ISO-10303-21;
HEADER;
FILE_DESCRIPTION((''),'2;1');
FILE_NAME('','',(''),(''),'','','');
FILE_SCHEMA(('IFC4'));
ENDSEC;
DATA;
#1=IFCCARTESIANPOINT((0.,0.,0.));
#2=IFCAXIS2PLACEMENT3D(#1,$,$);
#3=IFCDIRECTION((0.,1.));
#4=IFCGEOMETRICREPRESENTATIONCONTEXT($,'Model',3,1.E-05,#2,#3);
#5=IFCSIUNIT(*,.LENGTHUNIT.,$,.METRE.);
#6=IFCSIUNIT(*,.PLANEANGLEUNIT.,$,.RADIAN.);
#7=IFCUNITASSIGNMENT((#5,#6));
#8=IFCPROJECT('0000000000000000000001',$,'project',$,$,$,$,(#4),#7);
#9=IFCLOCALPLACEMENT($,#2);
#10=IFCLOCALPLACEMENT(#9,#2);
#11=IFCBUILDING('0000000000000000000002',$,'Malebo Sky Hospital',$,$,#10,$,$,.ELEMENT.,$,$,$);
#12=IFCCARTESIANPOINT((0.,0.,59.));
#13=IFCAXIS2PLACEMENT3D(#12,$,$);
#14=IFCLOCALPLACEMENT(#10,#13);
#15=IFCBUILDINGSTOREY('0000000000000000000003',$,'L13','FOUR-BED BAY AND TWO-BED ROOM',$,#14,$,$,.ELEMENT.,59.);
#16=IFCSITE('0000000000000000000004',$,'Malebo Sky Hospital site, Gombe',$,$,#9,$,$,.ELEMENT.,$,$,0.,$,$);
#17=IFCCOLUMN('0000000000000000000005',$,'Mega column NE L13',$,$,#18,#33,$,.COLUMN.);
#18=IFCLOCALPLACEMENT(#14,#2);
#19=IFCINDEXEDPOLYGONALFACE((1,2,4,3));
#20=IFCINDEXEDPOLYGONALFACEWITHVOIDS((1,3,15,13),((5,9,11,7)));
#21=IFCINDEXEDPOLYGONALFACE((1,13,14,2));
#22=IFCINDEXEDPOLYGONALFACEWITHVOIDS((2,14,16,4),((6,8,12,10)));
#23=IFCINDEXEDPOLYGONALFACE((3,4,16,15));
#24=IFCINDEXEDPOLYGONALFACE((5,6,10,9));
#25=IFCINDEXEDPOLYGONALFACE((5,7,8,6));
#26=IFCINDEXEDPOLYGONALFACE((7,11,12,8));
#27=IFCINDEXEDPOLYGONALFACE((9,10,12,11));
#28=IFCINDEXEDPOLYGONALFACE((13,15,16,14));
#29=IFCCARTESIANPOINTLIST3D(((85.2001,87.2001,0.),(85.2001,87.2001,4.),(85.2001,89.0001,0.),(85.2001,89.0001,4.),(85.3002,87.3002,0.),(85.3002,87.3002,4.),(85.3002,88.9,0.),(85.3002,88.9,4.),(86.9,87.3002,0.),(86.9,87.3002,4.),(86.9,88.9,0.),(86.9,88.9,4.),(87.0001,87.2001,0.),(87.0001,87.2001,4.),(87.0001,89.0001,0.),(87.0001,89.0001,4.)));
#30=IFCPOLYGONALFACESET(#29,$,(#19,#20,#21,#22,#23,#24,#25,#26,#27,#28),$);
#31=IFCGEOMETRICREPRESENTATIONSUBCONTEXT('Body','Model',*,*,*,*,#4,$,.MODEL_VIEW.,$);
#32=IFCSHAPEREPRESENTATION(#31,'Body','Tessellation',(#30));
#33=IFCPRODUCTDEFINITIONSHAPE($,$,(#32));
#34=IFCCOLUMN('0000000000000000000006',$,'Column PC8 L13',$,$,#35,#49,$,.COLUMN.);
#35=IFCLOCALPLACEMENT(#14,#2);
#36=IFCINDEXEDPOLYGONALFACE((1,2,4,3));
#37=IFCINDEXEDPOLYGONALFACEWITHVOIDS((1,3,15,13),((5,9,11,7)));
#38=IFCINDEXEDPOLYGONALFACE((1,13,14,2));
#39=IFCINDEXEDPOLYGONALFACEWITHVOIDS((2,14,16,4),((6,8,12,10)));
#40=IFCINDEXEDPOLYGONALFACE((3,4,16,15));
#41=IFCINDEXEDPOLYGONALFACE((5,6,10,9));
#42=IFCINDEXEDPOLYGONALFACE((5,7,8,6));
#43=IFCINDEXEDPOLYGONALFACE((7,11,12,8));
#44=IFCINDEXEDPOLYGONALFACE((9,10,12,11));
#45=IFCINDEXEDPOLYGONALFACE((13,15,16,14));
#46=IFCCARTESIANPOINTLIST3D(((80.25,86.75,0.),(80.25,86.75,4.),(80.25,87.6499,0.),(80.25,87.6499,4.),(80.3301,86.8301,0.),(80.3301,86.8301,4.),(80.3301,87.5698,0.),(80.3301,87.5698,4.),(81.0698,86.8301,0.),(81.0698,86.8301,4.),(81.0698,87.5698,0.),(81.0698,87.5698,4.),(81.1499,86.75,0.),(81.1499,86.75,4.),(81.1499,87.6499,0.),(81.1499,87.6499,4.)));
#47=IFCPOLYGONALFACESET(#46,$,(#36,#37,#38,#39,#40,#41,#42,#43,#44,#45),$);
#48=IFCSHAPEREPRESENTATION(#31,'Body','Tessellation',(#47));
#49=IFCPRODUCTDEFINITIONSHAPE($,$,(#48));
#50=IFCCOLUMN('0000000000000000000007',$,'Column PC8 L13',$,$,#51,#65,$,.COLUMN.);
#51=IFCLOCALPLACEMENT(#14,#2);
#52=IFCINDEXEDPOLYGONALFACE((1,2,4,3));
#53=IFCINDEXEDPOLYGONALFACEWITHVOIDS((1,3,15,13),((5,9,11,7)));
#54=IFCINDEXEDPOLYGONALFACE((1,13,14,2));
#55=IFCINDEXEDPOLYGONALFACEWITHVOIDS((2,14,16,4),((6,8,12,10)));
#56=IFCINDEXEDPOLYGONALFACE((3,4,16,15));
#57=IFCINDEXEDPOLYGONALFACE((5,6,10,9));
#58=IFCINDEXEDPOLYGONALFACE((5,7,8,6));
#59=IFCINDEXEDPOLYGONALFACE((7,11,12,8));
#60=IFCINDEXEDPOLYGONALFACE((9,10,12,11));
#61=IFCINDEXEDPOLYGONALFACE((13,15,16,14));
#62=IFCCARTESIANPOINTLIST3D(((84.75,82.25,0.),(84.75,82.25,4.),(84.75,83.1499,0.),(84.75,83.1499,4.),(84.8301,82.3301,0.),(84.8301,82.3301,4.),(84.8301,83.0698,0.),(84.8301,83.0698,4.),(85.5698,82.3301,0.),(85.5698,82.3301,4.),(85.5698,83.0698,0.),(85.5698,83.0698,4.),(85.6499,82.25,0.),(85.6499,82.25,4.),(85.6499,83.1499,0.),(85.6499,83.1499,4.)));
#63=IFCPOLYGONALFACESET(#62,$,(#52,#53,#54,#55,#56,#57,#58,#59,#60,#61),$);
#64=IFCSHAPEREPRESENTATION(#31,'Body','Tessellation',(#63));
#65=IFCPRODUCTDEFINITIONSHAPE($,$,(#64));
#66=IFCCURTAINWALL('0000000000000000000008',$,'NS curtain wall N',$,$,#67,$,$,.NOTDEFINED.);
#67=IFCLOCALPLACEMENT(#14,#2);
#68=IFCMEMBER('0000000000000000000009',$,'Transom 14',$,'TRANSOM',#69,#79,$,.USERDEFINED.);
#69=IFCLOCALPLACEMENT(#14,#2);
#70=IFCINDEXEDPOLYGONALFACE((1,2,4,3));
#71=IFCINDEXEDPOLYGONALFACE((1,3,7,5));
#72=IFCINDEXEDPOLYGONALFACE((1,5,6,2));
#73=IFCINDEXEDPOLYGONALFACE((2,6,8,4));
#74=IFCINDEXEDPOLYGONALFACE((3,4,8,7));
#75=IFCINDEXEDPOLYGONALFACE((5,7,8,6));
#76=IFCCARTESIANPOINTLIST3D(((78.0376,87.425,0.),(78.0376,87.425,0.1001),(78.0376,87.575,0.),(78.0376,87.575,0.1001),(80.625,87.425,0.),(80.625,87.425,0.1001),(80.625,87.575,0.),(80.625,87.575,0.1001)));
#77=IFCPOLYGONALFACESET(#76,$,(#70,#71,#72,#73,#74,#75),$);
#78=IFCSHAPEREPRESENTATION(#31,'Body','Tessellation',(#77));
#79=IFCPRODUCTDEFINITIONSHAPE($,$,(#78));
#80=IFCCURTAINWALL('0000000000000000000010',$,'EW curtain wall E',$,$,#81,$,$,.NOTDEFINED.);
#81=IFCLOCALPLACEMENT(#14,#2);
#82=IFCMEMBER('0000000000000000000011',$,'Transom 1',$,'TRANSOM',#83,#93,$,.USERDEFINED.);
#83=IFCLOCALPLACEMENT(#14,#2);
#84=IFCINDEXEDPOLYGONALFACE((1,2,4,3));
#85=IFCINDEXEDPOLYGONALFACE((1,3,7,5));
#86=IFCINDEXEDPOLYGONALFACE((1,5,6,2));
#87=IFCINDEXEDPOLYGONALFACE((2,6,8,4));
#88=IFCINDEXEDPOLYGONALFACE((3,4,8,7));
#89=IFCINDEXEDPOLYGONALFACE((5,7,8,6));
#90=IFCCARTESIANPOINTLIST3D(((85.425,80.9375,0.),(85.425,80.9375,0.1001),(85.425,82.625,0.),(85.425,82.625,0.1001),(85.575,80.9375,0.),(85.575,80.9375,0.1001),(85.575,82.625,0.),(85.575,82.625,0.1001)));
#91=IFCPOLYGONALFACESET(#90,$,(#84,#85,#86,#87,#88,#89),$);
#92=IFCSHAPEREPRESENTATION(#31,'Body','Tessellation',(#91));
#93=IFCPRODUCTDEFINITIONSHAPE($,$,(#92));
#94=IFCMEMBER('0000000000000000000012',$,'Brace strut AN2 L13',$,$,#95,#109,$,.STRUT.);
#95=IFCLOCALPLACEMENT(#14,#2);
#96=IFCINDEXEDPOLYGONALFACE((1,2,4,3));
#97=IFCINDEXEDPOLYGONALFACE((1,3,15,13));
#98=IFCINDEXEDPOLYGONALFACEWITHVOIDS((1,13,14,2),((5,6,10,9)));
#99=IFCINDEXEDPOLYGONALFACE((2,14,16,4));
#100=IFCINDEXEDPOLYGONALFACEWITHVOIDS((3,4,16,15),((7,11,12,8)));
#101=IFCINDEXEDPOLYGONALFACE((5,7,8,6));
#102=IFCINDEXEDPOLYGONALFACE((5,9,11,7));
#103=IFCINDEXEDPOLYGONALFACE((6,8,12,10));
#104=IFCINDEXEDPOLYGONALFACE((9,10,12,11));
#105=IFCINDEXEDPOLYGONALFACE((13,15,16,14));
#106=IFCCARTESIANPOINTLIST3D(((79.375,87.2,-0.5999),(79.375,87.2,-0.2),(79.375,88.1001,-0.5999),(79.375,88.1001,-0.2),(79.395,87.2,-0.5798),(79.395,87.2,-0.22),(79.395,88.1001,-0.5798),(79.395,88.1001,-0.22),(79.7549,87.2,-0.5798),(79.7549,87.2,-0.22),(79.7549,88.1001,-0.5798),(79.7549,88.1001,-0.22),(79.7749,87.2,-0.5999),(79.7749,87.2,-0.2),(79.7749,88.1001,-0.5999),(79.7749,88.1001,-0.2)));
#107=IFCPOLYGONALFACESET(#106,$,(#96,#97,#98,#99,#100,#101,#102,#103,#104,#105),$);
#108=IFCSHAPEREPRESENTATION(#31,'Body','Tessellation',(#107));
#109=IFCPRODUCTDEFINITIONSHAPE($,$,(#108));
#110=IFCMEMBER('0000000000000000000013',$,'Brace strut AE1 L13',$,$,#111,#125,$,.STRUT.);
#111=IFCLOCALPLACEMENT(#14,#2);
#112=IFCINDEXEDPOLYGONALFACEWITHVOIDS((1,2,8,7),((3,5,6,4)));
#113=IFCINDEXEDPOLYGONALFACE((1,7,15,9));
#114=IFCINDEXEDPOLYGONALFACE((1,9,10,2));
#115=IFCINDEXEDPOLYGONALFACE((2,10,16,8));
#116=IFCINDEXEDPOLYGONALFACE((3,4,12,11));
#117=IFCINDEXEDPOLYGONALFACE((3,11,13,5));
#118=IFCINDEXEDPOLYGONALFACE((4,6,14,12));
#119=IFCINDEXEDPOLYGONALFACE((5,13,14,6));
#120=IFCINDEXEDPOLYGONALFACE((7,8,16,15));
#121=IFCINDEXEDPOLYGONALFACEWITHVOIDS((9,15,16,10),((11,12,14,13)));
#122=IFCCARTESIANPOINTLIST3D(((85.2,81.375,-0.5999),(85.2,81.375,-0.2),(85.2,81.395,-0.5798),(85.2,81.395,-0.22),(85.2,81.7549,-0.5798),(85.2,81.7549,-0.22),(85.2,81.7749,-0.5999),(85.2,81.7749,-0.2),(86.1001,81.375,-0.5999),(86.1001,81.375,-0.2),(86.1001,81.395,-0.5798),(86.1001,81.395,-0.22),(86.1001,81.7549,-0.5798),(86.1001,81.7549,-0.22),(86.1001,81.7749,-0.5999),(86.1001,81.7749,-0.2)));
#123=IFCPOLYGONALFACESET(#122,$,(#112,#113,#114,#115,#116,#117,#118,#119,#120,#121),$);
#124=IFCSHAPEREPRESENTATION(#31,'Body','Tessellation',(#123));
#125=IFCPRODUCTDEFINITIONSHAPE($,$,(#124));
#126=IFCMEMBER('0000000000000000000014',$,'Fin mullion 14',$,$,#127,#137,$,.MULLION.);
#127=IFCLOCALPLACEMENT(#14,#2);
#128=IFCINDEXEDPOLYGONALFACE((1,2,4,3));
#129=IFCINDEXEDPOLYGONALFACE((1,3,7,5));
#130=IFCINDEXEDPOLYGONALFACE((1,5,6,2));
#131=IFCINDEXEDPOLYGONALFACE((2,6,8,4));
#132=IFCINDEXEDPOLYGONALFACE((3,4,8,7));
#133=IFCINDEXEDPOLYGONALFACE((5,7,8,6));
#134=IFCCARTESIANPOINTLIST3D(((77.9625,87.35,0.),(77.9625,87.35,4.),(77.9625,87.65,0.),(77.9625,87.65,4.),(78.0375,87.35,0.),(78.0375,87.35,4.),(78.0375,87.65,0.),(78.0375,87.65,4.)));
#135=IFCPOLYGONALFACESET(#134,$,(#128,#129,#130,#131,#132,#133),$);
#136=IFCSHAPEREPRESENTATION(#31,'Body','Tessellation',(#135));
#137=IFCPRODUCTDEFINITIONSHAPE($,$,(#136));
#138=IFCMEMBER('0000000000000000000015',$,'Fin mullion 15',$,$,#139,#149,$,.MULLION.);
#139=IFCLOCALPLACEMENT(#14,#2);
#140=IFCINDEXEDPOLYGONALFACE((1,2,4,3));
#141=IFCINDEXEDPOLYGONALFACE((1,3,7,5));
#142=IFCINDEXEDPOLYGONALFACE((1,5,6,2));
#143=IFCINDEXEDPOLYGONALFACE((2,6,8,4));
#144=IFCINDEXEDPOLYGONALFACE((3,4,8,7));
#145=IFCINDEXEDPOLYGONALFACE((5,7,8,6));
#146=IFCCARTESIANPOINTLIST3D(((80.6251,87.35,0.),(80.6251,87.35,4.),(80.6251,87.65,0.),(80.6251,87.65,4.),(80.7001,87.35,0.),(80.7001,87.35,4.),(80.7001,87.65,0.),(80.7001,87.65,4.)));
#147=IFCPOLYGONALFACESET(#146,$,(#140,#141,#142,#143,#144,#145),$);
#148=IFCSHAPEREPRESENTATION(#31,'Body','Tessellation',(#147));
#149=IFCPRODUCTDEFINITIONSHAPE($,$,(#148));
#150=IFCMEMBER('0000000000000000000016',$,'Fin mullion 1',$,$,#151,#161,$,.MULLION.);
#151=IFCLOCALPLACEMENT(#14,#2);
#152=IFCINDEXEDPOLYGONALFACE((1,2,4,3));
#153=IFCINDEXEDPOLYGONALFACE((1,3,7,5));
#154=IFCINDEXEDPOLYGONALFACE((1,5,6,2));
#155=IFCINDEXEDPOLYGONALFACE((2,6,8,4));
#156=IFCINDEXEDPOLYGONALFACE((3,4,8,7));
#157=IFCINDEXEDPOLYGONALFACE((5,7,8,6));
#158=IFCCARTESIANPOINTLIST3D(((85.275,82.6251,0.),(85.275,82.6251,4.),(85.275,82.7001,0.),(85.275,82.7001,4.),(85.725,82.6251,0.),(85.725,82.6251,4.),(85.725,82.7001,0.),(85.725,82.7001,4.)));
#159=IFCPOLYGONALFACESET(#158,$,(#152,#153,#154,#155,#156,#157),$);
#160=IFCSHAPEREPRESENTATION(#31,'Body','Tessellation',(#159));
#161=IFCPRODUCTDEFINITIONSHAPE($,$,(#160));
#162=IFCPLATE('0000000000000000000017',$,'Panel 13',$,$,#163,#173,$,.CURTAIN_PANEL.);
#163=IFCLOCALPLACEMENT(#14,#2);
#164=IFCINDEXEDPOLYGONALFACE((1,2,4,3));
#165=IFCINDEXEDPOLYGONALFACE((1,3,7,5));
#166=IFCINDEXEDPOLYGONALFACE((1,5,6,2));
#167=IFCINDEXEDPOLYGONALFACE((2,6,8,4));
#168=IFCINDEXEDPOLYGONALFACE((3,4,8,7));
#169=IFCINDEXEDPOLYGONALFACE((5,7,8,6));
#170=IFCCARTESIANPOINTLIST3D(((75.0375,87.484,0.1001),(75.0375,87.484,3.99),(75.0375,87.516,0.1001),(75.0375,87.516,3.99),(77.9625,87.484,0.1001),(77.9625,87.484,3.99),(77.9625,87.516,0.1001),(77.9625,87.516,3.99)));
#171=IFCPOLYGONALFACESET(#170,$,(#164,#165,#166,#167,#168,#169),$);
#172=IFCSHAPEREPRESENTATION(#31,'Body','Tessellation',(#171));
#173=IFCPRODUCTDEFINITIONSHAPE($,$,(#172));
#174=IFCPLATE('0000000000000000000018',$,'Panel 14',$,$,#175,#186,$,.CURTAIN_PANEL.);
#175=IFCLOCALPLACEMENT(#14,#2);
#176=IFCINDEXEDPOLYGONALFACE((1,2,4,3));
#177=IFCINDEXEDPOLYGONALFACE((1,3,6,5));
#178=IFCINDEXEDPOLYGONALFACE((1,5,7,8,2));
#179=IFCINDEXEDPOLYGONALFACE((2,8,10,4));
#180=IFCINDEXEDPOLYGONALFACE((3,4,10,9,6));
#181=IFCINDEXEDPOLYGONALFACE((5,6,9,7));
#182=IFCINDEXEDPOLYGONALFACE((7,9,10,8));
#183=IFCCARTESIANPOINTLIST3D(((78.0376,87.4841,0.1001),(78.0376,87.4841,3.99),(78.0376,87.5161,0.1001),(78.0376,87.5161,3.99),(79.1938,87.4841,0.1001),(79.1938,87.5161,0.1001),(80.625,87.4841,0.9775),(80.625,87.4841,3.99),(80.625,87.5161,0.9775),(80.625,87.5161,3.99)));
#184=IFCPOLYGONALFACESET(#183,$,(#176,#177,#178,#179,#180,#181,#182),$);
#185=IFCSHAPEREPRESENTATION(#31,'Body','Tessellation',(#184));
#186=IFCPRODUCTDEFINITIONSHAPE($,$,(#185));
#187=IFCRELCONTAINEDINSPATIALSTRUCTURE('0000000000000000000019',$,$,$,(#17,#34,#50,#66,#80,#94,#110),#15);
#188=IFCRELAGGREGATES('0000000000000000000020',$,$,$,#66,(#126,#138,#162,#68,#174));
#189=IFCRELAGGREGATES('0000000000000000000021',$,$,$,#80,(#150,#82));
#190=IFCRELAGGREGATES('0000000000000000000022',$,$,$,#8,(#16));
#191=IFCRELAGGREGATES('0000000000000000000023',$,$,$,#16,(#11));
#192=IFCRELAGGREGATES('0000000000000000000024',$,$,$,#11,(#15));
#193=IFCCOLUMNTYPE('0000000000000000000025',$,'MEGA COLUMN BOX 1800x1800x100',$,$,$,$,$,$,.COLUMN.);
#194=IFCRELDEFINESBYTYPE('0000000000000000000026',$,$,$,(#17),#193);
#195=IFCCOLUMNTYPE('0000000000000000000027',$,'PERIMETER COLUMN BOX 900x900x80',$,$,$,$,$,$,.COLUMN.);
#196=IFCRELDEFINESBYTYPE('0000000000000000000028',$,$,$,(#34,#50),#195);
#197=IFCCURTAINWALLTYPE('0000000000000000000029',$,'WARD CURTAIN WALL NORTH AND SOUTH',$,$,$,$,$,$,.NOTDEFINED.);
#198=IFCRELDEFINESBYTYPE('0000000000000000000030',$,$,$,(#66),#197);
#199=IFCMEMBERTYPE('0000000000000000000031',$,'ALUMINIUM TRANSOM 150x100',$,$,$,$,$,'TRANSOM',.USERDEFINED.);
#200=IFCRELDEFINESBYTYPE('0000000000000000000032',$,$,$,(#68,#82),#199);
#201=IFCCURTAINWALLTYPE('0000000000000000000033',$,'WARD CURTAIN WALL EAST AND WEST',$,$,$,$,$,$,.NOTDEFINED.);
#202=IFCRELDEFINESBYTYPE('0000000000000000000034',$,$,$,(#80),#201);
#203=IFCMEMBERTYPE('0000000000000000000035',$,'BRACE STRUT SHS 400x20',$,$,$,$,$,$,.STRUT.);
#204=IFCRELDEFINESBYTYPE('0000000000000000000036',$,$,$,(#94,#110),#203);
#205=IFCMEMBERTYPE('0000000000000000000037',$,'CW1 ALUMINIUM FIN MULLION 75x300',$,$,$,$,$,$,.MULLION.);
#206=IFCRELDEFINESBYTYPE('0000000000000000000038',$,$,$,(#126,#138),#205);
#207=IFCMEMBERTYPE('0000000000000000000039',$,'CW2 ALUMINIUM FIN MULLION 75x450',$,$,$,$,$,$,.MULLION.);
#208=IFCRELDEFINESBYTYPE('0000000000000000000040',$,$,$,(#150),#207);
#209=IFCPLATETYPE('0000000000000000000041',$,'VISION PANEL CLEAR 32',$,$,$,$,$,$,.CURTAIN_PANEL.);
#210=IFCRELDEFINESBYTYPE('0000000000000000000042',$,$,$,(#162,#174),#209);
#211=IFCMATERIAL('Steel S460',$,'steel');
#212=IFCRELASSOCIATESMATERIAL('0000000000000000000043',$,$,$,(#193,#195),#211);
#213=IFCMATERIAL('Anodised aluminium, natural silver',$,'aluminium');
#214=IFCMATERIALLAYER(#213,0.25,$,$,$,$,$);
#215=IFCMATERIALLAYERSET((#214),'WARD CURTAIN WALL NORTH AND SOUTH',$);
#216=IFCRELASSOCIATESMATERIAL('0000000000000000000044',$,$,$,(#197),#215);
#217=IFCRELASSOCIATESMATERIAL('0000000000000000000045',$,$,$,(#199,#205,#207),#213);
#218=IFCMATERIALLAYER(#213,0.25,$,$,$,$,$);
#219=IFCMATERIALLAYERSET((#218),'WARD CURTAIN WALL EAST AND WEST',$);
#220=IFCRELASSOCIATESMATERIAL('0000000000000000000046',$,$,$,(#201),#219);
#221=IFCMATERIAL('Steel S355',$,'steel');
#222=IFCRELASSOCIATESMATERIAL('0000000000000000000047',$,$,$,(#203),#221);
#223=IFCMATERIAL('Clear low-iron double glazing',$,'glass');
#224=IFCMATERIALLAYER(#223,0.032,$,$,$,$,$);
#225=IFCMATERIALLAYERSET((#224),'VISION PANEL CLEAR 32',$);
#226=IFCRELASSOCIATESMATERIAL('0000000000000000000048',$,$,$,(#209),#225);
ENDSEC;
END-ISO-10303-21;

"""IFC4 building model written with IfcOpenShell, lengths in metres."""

from ifc_helpers import new_model, si_unit, direction, frame, origin, origin_2d, place, context, subcontext, project, spatial, polyline, rectangle, hollow_rectangle, outline, extrude, material, layer, layer_set, material_profile, profile_set, type_object, element, aggregate, save


model = new_model("IFC4")

# Units and contexts
model_context = context("Model", 3, precision=1e-05, world=origin(), true_north=direction((0.0, 1.0)))
body_context = subcontext(model_context, "Body", "Model", "MODEL_VIEW")
ifc_project = project(units=[si_unit("LENGTHUNIT", "METRE"), si_unit("PLANEANGLEUNIT", "RADIAN")], contexts=[model_context])

# Site, building, storey
site_placement = place(None, origin())
site = spatial("IfcSite", under=ifc_project, at=site_placement, Name="Malebo Sky Hospital site, Gombe", CompositionType="ELEMENT", RefElevation=0.0)
building_placement = place(site_placement, origin())
building = spatial("IfcBuilding", under=site, at=building_placement, Name="Malebo Sky Hospital", CompositionType="ELEMENT")
storey_placement = place(building_placement, frame((0.0, 0.0, 59.0)))
storey = spatial("IfcBuildingStorey", under=building, at=storey_placement, Name="L13", Description="FOUR-BED BAY AND TWO-BED ROOM", CompositionType="ELEMENT", Elevation=59.0)

# Columns
ifc_material_1 = material(Name="Steel S460", Category="steel")
ifc_material_profile_1 = material_profile(ifc_material_1, hollow_rectangle(XDim=1.8, YDim=1.8, WallThickness=0.1001, at=origin_2d()), Name="BOX 1800x1800x100")
ifc_profile_set_1 = profile_set([ifc_material_profile_1], Name="Steel S460")
column_type_1 = type_object("IfcColumnType", Name="MEGA COLUMN BOX 1800x1800x100", PredefinedType="COLUMN", material=ifc_profile_set_1)
column_placement = place(storey_placement, frame((86.1001, 88.1001, 0.0), z_axis=(0.0, 0.0, 1.0), x_axis=(1.0, 0.0, 0.0)))
element("IfcColumn", 1, at=column_placement, inside=storey, type_object=column_type_1, Name="Mega column NE L13", PredefinedType="COLUMN", context=body_context, shape_type="SweptSolid", body=[
    extrude(hollow_rectangle(XDim=1.8, YDim=1.8, WallThickness=0.1001, at=origin_2d()), origin(), (0.0, 0.0, 1.0), 4.0),
])
ifc_material_profile_2 = material_profile(ifc_material_1, hollow_rectangle(XDim=0.8999, YDim=0.8999, WallThickness=0.0801, at=origin_2d()), Name="BOX 900x900x80")
ifc_profile_set_2 = profile_set([ifc_material_profile_2], Name="Steel S460")
column_type_2 = type_object("IfcColumnType", Name="PERIMETER COLUMN BOX 900x900x80", PredefinedType="COLUMN", material=ifc_profile_set_2)
for number, where, z_axis, x_axis, name in (
    (2, (80.7, 87.2, 0.0), (0.0, 0.0, 1.0), (1.0, 0.0, 0.0), "Column PC8 L13"),
    (3, (85.2, 82.7, 0.0), (0.0, 0.0, 1.0), (1.0, 0.0, 0.0), "Column PC8 L13"),
):
    element("IfcColumn", number, at=place(storey_placement, frame(where, z_axis=z_axis, x_axis=x_axis)), inside=storey, type_object=column_type_2, Name=name, PredefinedType="COLUMN", context=body_context, shape_type="SweptSolid", body=[
        extrude(hollow_rectangle(XDim=0.8999, YDim=0.8999, WallThickness=0.0801, at=origin_2d()), origin(), (0.0, 0.0, 1.0), 4.0),
    ])

# Curtain walls, members
ifc_material_2 = material(Name="Anodised aluminium, natural silver", Category="aluminium")
ifc_layer_1 = layer(ifc_material_2, 0.25)
ifc_layer_set_1 = layer_set([ifc_layer_1], Name="WARD CURTAIN WALL NORTH AND SOUTH")
curtain_wall_type_1 = type_object("IfcCurtainWallType", Name="WARD CURTAIN WALL NORTH AND SOUTH", PredefinedType="NOTDEFINED", material=ifc_layer_set_1)
curtain_wall_1_placement = place(storey_placement, origin())
curtain_wall_1 = element("IfcCurtainWall", 4, at=curtain_wall_1_placement, inside=storey, type_object=curtain_wall_type_1, Name="NS curtain wall N", PredefinedType="NOTDEFINED")
ifc_material_profile_3 = material_profile(ifc_material_2, rectangle(XDim=0.1499, YDim=0.1001, at=origin_2d()), Name="ALUMINIUM TRANSOM 150x100")
ifc_profile_set_3 = profile_set([ifc_material_profile_3], Name="Anodised aluminium, natural silver")
member_type_1 = type_object("IfcMemberType", Name="ALUMINIUM TRANSOM 150x100", ElementType="TRANSOM", PredefinedType="USERDEFINED", material=ifc_profile_set_3)
member_1_placement = place(storey_placement, frame((78.0376, 87.5, 0.05), z_axis=(1.0, 0.0, 0.0), x_axis=(0.0, 1.0, 0.0)))
member_1 = element("IfcMember", 5, at=member_1_placement, type_object=member_type_1, Name="Transom 14", ObjectType="TRANSOM", PredefinedType="USERDEFINED", context=body_context, shape_type="SweptSolid", body=[
    extrude(rectangle(XDim=0.1499, YDim=0.1001, at=origin_2d()), origin(), (0.0, 0.0, 1.0), 2.5874),
])
ifc_layer_2 = layer(ifc_material_2, 0.25)
ifc_layer_set_2 = layer_set([ifc_layer_2], Name="WARD CURTAIN WALL EAST AND WEST")
curtain_wall_type_2 = type_object("IfcCurtainWallType", Name="WARD CURTAIN WALL EAST AND WEST", PredefinedType="NOTDEFINED", material=ifc_layer_set_2)
curtain_wall_2_placement = place(storey_placement, origin())
curtain_wall_2 = element("IfcCurtainWall", 6, at=curtain_wall_2_placement, inside=storey, type_object=curtain_wall_type_2, Name="EW curtain wall E", PredefinedType="NOTDEFINED")
member_2_placement = place(storey_placement, frame((85.5, 82.625, 0.05), z_axis=(0.0, -1.0, 0.0), x_axis=(1.0, 0.0, 0.0)))
member_2 = element("IfcMember", 7, at=member_2_placement, type_object=member_type_1, Name="Transom 1", ObjectType="TRANSOM", PredefinedType="USERDEFINED", context=body_context, shape_type="SweptSolid", body=[
    extrude(rectangle(XDim=0.1499, YDim=0.1001, at=origin_2d()), origin(), (0.0, 0.0, 1.0), 1.6875),
])

# Members
ifc_material_3 = material(Name="Steel S355", Category="steel")
ifc_material_profile_4 = material_profile(ifc_material_3, hollow_rectangle(XDim=0.3999, YDim=0.3999, WallThickness=0.02, at=origin_2d()), Name="SHS 400x20")
ifc_profile_set_4 = profile_set([ifc_material_profile_4], Name="Steel S355")
member_type_2 = type_object("IfcMemberType", Name="BRACE STRUT SHS 400x20", PredefinedType="STRUT", material=ifc_profile_set_4)
for number, where, z_axis, x_axis, name in (
    (8, (79.575, 88.1001, -0.3999), (0.0, -1.0, 0.0), (1.0, 0.0, 0.0), "Brace strut AN2 L13"),
    (9, (86.1001, 81.575, -0.3999), (-1.0, 0.0, 0.0), (0.0, -1.0, 0.0), "Brace strut AE1 L13"),
):
    element("IfcMember", number, at=place(storey_placement, frame(where, z_axis=z_axis, x_axis=x_axis)), inside=storey, type_object=member_type_2, Name=name, PredefinedType="STRUT", context=body_context, shape_type="SweptSolid", body=[
        extrude(hollow_rectangle(XDim=0.3999, YDim=0.3999, WallThickness=0.02, at=origin_2d()), origin(), (0.0, 0.0, 1.0), 0.9001),
    ])

# Members
ifc_material_profile_5 = material_profile(ifc_material_2, rectangle(XDim=0.075, YDim=0.3, at=origin_2d()), Name="CW1 ALUMINIUM FIN MULLION 75x300")
ifc_profile_set_5 = profile_set([ifc_material_profile_5], Name="Anodised aluminium, natural silver")
member_type_3 = type_object("IfcMemberType", Name="CW1 ALUMINIUM FIN MULLION 75x300", PredefinedType="MULLION", material=ifc_profile_set_5)
member_3_placement = place(storey_placement, frame((78.0, 87.5, 0.0), z_axis=(0.0, 0.0, 1.0), x_axis=(1.0, 0.0, 0.0)))
member_3 = element("IfcMember", 10, at=member_3_placement, type_object=member_type_3, Name="Fin mullion 14", PredefinedType="MULLION", context=body_context, shape_type="SweptSolid", body=[
    extrude(rectangle(XDim=0.075, YDim=0.3, at=origin_2d()), origin(), (0.0, 0.0, 1.0), 4.0),
])
member_4_placement = place(storey_placement, frame((80.6626, 87.5, 0.0), z_axis=(0.0, 0.0, 1.0), x_axis=(1.0, 0.0, 0.0)))
member_4 = element("IfcMember", 11, at=member_4_placement, type_object=member_type_3, Name="Fin mullion 15", PredefinedType="MULLION", context=body_context, shape_type="SweptSolid", body=[
    extrude(rectangle(XDim=0.075, YDim=0.3, at=origin_2d()), origin(), (0.0, 0.0, 1.0), 4.0),
])
ifc_material_profile_6 = material_profile(ifc_material_2, rectangle(XDim=0.075, YDim=0.45, at=origin_2d()), Name="CW2 ALUMINIUM FIN MULLION 75x450")
ifc_profile_set_6 = profile_set([ifc_material_profile_6], Name="Anodised aluminium, natural silver")
member_type_4 = type_object("IfcMemberType", Name="CW2 ALUMINIUM FIN MULLION 75x450", PredefinedType="MULLION", material=ifc_profile_set_6)
member_5_placement = place(storey_placement, frame((85.5, 82.6626, 0.0), z_axis=(0.0, 0.0, 1.0), x_axis=(0.0, -1.0, 0.0)))
member_5 = element("IfcMember", 12, at=member_5_placement, type_object=member_type_4, Name="Fin mullion 1", PredefinedType="MULLION", context=body_context, shape_type="SweptSolid", body=[
    extrude(rectangle(XDim=0.075, YDim=0.45, at=origin_2d()), origin(), (0.0, 0.0, 1.0), 4.0),
])

# Plates
ifc_material_4 = material(Name="Clear low-iron double glazing", Category="glass")
ifc_layer_3 = layer(ifc_material_4, 0.032)
ifc_layer_set_3 = layer_set([ifc_layer_3], Name="VISION PANEL CLEAR 32")
plate_type = type_object("IfcPlateType", Name="VISION PANEL CLEAR 32", PredefinedType="CURTAIN_PANEL", material=ifc_layer_set_3)
plate_1_placement = place(storey_placement, frame((76.5, 87.5, 0.1001), z_axis=(0.0, 0.0, 1.0), x_axis=(1.0, 0.0, 0.0)))
plate_1 = element("IfcPlate", 13, at=plate_1_placement, type_object=plate_type, Name="Panel 13", PredefinedType="CURTAIN_PANEL", context=body_context, shape_type="SweptSolid", body=[
    extrude(rectangle(XDim=2.925, YDim=0.032, at=origin_2d()), origin(), (0.0, 0.0, 1.0), 3.8899),
])
plate_2_placement = place(storey_placement, frame((79.3313, 87.5, 0.1001), z_axis=(0.0, 0.0, 1.0), x_axis=(1.0, 0.0, 0.0)))
plate_2 = element("IfcPlate", 14, at=plate_2_placement, type_object=plate_type, Name="Panel 14", PredefinedType="CURTAIN_PANEL", context=body_context, shape_type="SweptSolid", body=[
    extrude(outline(polyline([(-1.2937, 0.0), (-0.1375, 0.0), (1.2937, 0.8774), (1.2937, 3.8899), (-1.2937, 3.8899), (-1.2937, 0.0)])), frame((0.0, 0.0161, 0.0), z_axis=(0.0, -1.0, 0.0), x_axis=(1.0, 0.0, 0.0)), (0.0, 0.0, 1.0), 0.032),
])
aggregate(curtain_wall_1, [member_3, member_4, plate_1, member_1, plate_2])
aggregate(curtain_wall_2, [member_5, member_2])

save(model, "model.ifc")
